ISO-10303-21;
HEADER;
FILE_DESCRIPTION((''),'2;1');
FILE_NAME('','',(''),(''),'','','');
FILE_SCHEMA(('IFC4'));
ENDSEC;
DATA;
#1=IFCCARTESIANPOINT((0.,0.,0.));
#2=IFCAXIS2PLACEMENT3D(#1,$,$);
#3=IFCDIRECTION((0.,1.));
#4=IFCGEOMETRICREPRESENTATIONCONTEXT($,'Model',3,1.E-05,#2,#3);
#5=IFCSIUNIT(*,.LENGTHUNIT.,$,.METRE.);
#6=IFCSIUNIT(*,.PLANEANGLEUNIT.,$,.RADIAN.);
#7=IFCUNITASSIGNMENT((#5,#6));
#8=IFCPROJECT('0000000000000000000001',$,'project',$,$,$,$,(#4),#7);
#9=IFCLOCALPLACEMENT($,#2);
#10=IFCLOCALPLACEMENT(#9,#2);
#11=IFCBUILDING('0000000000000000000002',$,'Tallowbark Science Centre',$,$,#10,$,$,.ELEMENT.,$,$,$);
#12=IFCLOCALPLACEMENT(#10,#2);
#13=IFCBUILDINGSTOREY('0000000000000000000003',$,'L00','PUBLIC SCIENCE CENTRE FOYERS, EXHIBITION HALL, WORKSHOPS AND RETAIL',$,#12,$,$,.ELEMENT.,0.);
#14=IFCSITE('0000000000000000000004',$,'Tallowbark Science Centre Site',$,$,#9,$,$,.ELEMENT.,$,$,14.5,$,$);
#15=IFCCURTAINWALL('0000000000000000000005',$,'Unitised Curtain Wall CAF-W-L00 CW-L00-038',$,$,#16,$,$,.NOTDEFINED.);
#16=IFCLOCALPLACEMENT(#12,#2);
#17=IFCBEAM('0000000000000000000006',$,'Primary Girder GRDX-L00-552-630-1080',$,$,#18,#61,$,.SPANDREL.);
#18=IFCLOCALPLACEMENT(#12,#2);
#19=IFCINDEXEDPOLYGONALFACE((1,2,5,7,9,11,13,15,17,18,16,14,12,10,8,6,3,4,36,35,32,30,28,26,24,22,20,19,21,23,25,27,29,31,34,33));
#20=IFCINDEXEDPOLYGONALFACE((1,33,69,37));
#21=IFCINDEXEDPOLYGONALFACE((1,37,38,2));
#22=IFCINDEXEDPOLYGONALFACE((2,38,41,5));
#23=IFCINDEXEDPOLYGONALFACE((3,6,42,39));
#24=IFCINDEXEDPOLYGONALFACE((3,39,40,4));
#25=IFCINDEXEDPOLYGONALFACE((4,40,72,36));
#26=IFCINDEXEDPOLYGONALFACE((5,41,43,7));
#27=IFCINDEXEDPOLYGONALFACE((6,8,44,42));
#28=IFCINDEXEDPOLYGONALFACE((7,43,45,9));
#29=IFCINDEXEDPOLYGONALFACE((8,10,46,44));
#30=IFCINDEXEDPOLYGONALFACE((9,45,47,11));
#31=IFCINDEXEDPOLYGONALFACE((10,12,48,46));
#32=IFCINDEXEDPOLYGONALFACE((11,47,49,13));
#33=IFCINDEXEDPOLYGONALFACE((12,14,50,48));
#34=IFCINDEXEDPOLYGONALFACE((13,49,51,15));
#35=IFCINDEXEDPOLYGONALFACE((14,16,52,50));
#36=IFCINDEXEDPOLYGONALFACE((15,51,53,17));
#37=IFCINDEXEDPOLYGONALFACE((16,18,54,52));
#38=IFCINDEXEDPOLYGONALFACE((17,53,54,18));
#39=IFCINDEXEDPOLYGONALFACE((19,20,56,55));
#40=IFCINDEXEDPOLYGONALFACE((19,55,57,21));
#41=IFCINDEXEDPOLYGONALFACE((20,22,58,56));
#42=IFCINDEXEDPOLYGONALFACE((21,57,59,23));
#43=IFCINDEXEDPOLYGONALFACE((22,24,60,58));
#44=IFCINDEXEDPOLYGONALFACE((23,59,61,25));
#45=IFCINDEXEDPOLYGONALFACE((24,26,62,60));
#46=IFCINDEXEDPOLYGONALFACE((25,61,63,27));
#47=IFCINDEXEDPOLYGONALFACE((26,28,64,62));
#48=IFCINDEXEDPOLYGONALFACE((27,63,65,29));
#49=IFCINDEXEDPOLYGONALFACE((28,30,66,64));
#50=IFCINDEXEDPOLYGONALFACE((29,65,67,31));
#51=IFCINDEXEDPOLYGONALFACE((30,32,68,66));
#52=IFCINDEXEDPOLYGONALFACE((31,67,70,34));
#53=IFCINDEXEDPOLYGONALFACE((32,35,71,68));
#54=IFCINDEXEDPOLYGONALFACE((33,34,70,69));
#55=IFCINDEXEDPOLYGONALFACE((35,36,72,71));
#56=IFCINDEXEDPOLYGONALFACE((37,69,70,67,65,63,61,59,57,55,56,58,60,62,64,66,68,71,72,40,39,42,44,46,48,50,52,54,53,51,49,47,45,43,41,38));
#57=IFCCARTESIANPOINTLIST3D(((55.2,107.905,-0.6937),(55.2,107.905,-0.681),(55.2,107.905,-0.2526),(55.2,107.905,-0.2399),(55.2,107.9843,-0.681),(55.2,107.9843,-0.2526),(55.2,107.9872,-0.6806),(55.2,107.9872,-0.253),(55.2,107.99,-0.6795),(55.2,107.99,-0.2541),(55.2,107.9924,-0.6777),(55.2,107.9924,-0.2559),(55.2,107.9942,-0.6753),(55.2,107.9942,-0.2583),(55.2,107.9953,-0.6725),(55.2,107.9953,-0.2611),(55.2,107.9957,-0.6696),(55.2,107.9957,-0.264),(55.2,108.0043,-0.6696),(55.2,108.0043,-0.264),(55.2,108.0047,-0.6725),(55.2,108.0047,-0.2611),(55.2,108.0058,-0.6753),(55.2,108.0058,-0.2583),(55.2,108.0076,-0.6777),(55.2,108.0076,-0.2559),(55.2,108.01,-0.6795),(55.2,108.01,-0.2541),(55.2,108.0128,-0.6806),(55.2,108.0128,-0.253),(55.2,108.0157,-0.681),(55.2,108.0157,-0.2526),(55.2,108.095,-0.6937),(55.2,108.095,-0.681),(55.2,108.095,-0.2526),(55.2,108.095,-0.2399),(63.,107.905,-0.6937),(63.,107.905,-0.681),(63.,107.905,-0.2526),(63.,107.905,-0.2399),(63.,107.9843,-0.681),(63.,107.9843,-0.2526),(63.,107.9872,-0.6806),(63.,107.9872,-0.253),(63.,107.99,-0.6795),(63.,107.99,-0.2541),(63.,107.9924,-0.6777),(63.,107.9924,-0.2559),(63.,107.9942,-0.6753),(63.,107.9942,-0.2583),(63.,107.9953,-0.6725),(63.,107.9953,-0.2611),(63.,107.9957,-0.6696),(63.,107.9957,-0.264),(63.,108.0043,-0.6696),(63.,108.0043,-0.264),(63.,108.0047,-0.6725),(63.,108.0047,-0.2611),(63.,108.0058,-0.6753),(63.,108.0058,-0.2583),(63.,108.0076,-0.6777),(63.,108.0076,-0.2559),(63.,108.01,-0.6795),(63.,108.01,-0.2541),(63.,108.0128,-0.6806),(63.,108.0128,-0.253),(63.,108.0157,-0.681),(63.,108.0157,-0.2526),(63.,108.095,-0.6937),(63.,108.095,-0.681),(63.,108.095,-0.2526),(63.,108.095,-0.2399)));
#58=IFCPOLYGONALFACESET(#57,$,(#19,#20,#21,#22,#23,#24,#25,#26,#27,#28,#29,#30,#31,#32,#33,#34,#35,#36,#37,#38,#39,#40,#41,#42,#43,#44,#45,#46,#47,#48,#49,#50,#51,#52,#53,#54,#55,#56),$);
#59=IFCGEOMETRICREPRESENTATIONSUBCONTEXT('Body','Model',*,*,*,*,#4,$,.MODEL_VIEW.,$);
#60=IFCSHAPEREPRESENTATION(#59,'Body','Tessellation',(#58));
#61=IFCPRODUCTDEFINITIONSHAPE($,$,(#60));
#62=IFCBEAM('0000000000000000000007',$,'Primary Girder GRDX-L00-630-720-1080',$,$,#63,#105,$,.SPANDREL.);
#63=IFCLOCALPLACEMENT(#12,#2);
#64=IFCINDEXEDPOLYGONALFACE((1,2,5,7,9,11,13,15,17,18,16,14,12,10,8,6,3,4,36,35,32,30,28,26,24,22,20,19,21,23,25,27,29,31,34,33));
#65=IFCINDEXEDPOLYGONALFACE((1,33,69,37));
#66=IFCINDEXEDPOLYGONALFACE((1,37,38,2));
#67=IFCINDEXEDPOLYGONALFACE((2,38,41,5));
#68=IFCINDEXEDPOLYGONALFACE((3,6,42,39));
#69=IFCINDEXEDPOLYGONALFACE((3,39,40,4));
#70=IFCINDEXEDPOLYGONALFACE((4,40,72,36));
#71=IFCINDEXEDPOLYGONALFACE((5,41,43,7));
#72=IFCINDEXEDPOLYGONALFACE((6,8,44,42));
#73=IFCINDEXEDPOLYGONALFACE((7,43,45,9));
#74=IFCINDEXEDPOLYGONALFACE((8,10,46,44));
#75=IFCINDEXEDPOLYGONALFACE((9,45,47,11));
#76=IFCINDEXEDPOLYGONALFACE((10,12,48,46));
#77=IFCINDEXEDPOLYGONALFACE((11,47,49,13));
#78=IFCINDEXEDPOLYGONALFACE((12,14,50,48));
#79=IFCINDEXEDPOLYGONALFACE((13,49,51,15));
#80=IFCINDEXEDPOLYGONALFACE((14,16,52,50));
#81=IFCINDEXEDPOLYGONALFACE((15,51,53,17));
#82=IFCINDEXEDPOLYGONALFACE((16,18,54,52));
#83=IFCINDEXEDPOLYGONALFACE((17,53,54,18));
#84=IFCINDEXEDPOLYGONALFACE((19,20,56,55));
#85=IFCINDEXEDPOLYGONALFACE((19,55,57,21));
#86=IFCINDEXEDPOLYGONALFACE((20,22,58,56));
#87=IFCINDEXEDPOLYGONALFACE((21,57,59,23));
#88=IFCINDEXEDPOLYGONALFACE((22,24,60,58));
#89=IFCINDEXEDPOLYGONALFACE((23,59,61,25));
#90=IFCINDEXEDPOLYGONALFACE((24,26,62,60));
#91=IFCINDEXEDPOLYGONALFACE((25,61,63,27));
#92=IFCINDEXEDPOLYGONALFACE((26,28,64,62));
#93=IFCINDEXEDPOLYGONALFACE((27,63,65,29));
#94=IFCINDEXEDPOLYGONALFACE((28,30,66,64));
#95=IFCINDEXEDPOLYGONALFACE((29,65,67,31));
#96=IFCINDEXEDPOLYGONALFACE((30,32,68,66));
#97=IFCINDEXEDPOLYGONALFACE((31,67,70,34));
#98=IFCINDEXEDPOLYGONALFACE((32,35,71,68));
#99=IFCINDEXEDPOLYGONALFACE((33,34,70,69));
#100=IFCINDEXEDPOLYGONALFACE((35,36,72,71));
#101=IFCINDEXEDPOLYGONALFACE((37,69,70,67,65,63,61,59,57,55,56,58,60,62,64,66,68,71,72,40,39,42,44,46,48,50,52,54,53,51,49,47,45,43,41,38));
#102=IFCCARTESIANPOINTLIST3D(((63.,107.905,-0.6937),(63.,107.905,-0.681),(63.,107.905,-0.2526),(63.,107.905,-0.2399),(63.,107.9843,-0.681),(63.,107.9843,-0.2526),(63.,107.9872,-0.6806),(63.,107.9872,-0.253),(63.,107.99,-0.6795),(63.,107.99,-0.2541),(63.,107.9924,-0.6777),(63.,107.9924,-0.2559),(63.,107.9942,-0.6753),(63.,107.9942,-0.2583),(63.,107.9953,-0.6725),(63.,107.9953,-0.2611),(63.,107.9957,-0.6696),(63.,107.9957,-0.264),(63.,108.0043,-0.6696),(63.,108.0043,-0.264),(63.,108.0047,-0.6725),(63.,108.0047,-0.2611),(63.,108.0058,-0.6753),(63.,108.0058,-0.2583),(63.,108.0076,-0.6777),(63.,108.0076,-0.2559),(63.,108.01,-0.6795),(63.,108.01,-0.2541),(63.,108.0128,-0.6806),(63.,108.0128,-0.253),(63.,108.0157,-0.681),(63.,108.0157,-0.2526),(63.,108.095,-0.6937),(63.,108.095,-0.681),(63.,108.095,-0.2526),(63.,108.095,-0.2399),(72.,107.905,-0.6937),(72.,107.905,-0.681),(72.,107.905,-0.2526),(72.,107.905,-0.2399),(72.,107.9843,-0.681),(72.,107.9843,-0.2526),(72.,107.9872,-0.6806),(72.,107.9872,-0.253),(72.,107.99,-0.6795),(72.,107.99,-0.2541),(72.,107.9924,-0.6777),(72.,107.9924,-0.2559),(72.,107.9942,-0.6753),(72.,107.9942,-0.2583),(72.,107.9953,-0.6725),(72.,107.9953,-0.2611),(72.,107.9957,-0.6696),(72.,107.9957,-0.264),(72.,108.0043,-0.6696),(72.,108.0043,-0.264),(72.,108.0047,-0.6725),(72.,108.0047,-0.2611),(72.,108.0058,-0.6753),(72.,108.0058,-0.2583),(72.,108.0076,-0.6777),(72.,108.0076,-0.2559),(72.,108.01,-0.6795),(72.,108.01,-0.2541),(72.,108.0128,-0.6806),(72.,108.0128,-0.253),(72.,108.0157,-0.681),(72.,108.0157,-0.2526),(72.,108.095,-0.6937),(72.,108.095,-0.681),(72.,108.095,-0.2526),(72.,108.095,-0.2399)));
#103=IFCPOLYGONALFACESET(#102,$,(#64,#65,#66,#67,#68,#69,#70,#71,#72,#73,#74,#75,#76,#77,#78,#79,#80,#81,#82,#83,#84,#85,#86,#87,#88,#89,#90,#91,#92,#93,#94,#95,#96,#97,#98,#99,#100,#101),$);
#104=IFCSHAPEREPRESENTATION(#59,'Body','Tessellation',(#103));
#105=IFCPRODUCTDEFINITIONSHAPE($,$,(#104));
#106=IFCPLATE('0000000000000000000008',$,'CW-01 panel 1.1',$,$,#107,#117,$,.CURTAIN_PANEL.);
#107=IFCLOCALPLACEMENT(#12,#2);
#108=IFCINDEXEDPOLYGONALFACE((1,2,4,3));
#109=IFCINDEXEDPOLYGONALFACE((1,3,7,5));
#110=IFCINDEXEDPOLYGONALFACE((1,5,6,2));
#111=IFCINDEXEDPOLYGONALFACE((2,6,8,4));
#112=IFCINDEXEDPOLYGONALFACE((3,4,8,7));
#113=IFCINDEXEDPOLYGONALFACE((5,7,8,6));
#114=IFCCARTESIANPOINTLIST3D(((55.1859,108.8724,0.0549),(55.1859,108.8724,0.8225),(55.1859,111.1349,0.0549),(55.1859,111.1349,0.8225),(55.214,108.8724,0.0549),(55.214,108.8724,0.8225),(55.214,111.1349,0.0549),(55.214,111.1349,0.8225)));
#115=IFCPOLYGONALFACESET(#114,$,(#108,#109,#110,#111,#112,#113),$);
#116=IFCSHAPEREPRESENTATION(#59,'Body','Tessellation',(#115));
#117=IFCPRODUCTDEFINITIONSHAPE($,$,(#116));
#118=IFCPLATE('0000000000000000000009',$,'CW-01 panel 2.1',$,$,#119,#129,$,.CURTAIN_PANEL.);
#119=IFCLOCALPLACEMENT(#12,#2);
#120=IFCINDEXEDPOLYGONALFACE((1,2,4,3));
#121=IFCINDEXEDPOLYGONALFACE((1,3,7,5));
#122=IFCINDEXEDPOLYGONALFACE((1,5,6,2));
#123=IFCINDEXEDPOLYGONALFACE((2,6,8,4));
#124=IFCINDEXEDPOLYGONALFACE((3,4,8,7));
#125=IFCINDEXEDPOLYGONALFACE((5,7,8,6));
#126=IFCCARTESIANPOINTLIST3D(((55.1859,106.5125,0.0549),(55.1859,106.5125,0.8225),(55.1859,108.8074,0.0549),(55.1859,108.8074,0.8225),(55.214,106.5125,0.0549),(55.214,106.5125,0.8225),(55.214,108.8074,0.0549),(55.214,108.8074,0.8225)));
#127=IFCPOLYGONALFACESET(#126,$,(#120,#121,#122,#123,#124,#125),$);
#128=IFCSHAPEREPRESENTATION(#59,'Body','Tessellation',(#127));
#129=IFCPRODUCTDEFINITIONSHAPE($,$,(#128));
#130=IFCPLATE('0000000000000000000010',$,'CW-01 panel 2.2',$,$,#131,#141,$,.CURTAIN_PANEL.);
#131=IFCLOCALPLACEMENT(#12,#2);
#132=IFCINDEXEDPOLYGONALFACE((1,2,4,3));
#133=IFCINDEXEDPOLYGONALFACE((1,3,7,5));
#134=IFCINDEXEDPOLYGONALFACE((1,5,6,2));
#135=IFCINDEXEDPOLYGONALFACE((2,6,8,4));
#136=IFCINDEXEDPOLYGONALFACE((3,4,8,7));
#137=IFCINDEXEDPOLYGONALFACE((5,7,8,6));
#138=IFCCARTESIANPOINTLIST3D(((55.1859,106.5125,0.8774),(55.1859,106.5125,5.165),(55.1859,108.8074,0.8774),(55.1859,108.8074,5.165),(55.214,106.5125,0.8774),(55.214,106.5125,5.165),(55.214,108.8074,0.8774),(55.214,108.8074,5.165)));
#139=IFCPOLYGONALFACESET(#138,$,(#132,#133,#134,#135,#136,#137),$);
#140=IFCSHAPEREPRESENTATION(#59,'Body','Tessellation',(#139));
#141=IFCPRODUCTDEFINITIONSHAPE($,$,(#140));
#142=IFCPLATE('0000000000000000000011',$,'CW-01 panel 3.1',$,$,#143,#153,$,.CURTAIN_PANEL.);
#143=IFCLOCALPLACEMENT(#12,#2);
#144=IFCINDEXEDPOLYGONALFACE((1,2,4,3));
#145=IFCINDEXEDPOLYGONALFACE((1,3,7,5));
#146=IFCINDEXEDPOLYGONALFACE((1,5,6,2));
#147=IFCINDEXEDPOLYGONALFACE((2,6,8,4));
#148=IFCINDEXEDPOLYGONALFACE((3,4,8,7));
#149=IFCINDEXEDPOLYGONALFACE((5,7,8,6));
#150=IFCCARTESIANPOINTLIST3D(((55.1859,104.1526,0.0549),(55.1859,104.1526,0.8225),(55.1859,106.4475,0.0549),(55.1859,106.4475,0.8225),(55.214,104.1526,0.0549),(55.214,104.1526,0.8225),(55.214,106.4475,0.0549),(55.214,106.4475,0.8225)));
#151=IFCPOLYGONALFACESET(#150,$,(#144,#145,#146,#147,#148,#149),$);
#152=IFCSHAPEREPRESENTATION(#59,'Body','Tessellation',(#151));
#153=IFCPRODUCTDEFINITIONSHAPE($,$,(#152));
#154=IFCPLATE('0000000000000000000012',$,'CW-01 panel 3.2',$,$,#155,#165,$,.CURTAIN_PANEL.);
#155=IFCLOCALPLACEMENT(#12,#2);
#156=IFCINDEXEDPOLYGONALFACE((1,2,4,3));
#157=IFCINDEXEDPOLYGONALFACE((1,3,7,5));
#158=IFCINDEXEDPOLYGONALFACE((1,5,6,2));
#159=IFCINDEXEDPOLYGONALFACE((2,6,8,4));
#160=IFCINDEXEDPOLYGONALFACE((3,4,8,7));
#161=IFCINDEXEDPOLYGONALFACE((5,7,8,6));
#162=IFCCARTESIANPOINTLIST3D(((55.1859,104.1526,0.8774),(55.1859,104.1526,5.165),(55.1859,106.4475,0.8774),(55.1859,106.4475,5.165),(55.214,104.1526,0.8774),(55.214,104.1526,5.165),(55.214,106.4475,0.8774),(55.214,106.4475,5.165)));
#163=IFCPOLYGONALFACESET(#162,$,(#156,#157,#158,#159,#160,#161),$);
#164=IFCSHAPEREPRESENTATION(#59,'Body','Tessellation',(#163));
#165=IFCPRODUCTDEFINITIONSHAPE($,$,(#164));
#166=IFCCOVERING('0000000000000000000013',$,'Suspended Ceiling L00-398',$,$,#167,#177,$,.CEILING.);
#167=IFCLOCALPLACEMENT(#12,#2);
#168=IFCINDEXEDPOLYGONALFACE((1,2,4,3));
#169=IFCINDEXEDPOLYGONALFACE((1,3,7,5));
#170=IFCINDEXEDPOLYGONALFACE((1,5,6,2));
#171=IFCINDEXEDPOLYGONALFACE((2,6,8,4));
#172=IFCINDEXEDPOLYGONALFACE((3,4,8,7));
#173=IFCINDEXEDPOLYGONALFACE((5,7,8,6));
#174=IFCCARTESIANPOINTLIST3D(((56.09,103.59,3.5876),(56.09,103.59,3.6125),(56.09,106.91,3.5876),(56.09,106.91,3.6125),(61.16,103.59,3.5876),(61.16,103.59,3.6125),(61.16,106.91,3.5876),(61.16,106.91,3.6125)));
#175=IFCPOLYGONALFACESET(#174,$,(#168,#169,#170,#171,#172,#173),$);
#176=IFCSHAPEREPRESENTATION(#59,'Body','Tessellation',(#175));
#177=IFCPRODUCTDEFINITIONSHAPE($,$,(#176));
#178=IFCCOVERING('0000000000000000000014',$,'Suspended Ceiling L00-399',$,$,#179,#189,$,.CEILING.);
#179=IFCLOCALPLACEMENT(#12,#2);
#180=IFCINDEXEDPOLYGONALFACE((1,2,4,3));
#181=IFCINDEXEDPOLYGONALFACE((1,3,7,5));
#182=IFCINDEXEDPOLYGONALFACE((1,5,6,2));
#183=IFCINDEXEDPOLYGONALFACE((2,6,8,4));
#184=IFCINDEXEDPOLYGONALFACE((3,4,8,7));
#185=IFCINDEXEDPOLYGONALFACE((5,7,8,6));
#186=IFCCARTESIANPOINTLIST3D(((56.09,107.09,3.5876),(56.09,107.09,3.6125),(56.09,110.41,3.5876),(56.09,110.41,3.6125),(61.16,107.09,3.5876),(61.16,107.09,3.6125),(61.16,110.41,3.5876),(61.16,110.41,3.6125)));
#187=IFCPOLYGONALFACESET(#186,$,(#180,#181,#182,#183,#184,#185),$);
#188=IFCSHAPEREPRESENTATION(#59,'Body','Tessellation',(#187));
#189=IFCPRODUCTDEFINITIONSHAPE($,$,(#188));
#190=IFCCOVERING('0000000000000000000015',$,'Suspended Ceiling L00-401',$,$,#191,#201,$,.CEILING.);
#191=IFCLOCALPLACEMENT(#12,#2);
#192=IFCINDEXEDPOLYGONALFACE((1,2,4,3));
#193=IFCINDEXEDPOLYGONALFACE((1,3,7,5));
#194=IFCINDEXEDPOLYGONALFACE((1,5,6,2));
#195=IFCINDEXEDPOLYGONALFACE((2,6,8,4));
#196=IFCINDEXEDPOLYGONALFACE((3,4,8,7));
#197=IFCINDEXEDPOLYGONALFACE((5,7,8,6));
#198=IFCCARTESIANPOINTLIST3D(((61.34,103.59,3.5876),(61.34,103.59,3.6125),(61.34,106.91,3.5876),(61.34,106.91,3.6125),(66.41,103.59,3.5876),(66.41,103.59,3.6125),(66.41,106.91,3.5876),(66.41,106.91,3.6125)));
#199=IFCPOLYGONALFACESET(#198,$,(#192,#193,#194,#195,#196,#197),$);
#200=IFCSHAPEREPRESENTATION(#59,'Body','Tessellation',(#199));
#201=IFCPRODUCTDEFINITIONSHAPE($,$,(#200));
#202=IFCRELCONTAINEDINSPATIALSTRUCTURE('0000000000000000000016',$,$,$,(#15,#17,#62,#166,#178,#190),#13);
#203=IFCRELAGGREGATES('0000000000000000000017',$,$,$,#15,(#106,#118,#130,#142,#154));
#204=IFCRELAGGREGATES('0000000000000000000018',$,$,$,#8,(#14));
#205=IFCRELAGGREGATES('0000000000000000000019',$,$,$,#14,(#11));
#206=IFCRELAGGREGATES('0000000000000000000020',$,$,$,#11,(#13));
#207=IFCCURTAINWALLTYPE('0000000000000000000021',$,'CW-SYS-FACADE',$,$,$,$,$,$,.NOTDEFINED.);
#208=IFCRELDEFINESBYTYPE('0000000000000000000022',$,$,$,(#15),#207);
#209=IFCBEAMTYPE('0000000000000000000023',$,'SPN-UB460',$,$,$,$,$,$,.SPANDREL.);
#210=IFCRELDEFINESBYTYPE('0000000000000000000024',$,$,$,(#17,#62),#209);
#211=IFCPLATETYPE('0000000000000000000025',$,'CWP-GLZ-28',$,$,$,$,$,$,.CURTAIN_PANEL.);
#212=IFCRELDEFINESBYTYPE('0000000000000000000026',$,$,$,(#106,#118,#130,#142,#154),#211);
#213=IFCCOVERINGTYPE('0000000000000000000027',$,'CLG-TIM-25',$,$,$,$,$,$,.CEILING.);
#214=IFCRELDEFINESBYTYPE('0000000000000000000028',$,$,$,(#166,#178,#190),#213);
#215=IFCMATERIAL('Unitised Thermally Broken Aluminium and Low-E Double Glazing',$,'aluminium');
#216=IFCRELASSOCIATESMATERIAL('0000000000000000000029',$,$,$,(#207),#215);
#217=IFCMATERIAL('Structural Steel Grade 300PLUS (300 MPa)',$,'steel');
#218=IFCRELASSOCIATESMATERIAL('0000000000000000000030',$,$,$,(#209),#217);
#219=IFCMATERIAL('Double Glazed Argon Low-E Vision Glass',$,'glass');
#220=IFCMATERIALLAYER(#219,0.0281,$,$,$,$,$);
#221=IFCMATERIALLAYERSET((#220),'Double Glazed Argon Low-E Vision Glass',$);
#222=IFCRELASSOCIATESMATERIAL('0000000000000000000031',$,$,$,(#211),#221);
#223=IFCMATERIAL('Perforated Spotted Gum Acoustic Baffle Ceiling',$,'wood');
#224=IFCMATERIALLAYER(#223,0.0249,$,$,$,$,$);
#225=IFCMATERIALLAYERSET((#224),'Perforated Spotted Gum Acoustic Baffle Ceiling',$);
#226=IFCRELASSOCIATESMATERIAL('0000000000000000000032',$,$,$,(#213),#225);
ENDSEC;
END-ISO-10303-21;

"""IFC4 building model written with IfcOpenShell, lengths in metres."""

from ifc_helpers import new_model, si_unit, direction, frame, origin, origin_2d, place, context, subcontext, project, spatial, rectangle, i_section, extrude, material, layer, layer_set, material_profile, profile_set, type_object, element, aggregate, save


model = new_model("IFC4")

# Units and contexts
model_context = context("Model", 3, precision=1e-05, world=origin(), true_north=direction((0.0, 1.0)))
body_context = subcontext(model_context, "Body", "Model", "MODEL_VIEW")
ifc_project = project(units=[si_unit("LENGTHUNIT", "METRE"), si_unit("PLANEANGLEUNIT", "RADIAN")], contexts=[model_context])

# Site, building, storey
site_placement = place(None, origin())
site = spatial("IfcSite", under=ifc_project, at=site_placement, Name="Tallowbark Science Centre Site", CompositionType="ELEMENT", RefElevation=14.5)
building_placement = place(site_placement, origin())
building = spatial("IfcBuilding", under=site, at=building_placement, Name="Tallowbark Science Centre", CompositionType="ELEMENT")
storey_placement = place(building_placement, origin())
storey = spatial("IfcBuildingStorey", under=building, at=storey_placement, Name="L00", Description="PUBLIC SCIENCE CENTRE FOYERS, EXHIBITION HALL, WORKSHOPS AND RETAIL", CompositionType="ELEMENT", Elevation=0.0)

# Shared definitions
ifc_material_1 = material(Name="Structural Steel Grade 300PLUS (300 MPa)", Category="steel")

# Curtain wall
ifc_material_2 = material(Name="Unitised Thermally Broken Aluminium and Low-E Double Glazing", Category="aluminium")
curtain_wall_type = type_object("IfcCurtainWallType", Name="CW-SYS-FACADE", PredefinedType="NOTDEFINED", material=ifc_material_2)
curtain_wall_placement = place(storey_placement, origin())
curtain_wall = element("IfcCurtainWall", 1, at=curtain_wall_placement, inside=storey, type_object=curtain_wall_type, Name="Unitised Curtain Wall CAF-W-L00 CW-L00-038", PredefinedType="NOTDEFINED")

# Beams
ifc_material_profile_1 = material_profile(ifc_material_1, i_section(OverallWidth=0.1899, OverallDepth=0.4539, WebThickness=0.0085, FlangeThickness=0.0127, FilletRadius=0.0115, at=origin_2d()), Name="460UB67.1")
ifc_profile_set_1 = profile_set([ifc_material_profile_1], Name="Structural Steel Grade 300PLUS (300 MPa)")
beam_type_1 = type_object("IfcBeamType", Name="SPN-UB460", PredefinedType="SPANDREL", material=ifc_profile_set_1)
beam_1_placement = place(storey_placement, frame((55.2, 108.0, -0.4668), z_axis=(1.0, 0.0, 0.0), x_axis=(0.0, 1.0, 0.0)))
element("IfcBeam", 2, at=beam_1_placement, inside=storey, type_object=beam_type_1, Name="Primary Girder GRDX-L00-552-630-1080", PredefinedType="SPANDREL", context=body_context, shape_type="SweptSolid", body=[
    extrude(i_section(OverallWidth=0.1899, OverallDepth=0.4539, WebThickness=0.0085, FlangeThickness=0.0127, FilletRadius=0.0115, at=origin_2d()), origin(), (0.0, 0.0, 1.0), 7.8),
])
beam_2_placement = place(storey_placement, frame((63.0, 108.0, -0.4668), z_axis=(1.0, 0.0, 0.0), x_axis=(0.0, 1.0, 0.0)))
element("IfcBeam", 3, at=beam_2_placement, inside=storey, type_object=beam_type_1, Name="Primary Girder GRDX-L00-630-720-1080", PredefinedType="SPANDREL", context=body_context, shape_type="SweptSolid", body=[
    extrude(i_section(OverallWidth=0.1899, OverallDepth=0.4539, WebThickness=0.0085, FlangeThickness=0.0127, FilletRadius=0.0115, at=origin_2d()), origin(), (0.0, 0.0, 1.0), 9.0),
])

# Plates
ifc_material_3 = material(Name="Double Glazed Argon Low-E Vision Glass", Category="glass")
ifc_layer_1 = layer(ifc_material_3, 0.0281)
ifc_layer_set_1 = layer_set([ifc_layer_1], Name="Double Glazed Argon Low-E Vision Glass")
plate_type = type_object("IfcPlateType", Name="CWP-GLZ-28", PredefinedType="CURTAIN_PANEL", material=ifc_layer_set_1)
plate_1_placement = place(storey_placement, frame((55.2, 110.0037, 0.0549), z_axis=(0.0, 0.0, 1.0), x_axis=(0.0, -1.0, 0.0)))
plate_1 = element("IfcPlate", 4, at=plate_1_placement, type_object=plate_type, Name="CW-01 panel 1.1", PredefinedType="CURTAIN_PANEL", context=body_context, shape_type="SweptSolid", body=[
    extrude(rectangle(XDim=2.2625, YDim=0.0281, at=origin_2d()), origin(), (0.0, 0.0, 1.0), 0.7676),
])
plate_2_placement = place(storey_placement, frame((55.2, 107.6599, 0.0549), z_axis=(0.0, 0.0, 1.0), x_axis=(0.0, -1.0, 0.0)))
plate_2 = element("IfcPlate", 5, at=plate_2_placement, type_object=plate_type, Name="CW-01 panel 2.1", PredefinedType="CURTAIN_PANEL", context=body_context, shape_type="SweptSolid", body=[
    extrude(rectangle(XDim=2.2949, YDim=0.0281, at=origin_2d()), origin(), (0.0, 0.0, 1.0), 0.7676),
])
plate_3_placement = place(storey_placement, frame((55.2, 107.6599, 0.8774), z_axis=(0.0, 0.0, 1.0), x_axis=(0.0, -1.0, 0.0)))
plate_3 = element("IfcPlate", 6, at=plate_3_placement, type_object=plate_type, Name="CW-01 panel 2.2", PredefinedType="CURTAIN_PANEL", context=body_context, shape_type="SweptSolid", body=[
    extrude(rectangle(XDim=2.2949, YDim=0.0281, at=origin_2d()), origin(), (0.0, 0.0, 1.0), 4.2876),
])
plate_4_placement = place(storey_placement, frame((55.2, 105.3, 0.0549), z_axis=(0.0, 0.0, 1.0), x_axis=(0.0, -1.0, 0.0)))
plate_4 = element("IfcPlate", 7, at=plate_4_placement, type_object=plate_type, Name="CW-01 panel 3.1", PredefinedType="CURTAIN_PANEL", context=body_context, shape_type="SweptSolid", body=[
    extrude(rectangle(XDim=2.2949, YDim=0.0281, at=origin_2d()), origin(), (0.0, 0.0, 1.0), 0.7676),
])
plate_5_placement = place(storey_placement, frame((55.2, 105.3, 0.8774), z_axis=(0.0, 0.0, 1.0), x_axis=(0.0, -1.0, 0.0)))
plate_5 = element("IfcPlate", 8, at=plate_5_placement, type_object=plate_type, Name="CW-01 panel 3.2", PredefinedType="CURTAIN_PANEL", context=body_context, shape_type="SweptSolid", body=[
    extrude(rectangle(XDim=2.2949, YDim=0.0281, at=origin_2d()), origin(), (0.0, 0.0, 1.0), 4.2876),
])
aggregate(curtain_wall, [plate_1, plate_2, plate_3, plate_4, plate_5])

# Coverings
ifc_material_4 = material(Name="Perforated Spotted Gum Acoustic Baffle Ceiling", Category="wood")
ifc_layer_2 = layer(ifc_material_4, 0.0249)
ifc_layer_set_2 = layer_set([ifc_layer_2], Name="Perforated Spotted Gum Acoustic Baffle Ceiling")
covering_type_1 = type_object("IfcCoveringType", Name="CLG-TIM-25", PredefinedType="CEILING", material=ifc_layer_set_2)
for number, where, z_axis, x_axis, name in (
    (9, (58.625, 105.25, 3.5876), (0.0, 0.0, 1.0), (1.0, 0.0, 0.0), "Suspended Ceiling L00-398"),
    (10, (58.625, 108.75, 3.5876), (0.0, 0.0, 1.0), (1.0, 0.0, 0.0), "Suspended Ceiling L00-399"),
    (11, (63.875, 105.25, 3.5876), (0.0, 0.0, 1.0), (1.0, 0.0, 0.0), "Suspended Ceiling L00-401"),
):
    element("IfcCovering", number, at=place(storey_placement, frame(where, z_axis=z_axis, x_axis=x_axis)), inside=storey, type_object=covering_type_1, Name=name, PredefinedType="CEILING", context=body_context, shape_type="SweptSolid", body=[
        extrude(rectangle(XDim=5.0701, YDim=3.3201, at=origin_2d()), origin(), (0.0, 0.0, 1.0), 0.0249),
    ])

save(model, "model.ifc")
